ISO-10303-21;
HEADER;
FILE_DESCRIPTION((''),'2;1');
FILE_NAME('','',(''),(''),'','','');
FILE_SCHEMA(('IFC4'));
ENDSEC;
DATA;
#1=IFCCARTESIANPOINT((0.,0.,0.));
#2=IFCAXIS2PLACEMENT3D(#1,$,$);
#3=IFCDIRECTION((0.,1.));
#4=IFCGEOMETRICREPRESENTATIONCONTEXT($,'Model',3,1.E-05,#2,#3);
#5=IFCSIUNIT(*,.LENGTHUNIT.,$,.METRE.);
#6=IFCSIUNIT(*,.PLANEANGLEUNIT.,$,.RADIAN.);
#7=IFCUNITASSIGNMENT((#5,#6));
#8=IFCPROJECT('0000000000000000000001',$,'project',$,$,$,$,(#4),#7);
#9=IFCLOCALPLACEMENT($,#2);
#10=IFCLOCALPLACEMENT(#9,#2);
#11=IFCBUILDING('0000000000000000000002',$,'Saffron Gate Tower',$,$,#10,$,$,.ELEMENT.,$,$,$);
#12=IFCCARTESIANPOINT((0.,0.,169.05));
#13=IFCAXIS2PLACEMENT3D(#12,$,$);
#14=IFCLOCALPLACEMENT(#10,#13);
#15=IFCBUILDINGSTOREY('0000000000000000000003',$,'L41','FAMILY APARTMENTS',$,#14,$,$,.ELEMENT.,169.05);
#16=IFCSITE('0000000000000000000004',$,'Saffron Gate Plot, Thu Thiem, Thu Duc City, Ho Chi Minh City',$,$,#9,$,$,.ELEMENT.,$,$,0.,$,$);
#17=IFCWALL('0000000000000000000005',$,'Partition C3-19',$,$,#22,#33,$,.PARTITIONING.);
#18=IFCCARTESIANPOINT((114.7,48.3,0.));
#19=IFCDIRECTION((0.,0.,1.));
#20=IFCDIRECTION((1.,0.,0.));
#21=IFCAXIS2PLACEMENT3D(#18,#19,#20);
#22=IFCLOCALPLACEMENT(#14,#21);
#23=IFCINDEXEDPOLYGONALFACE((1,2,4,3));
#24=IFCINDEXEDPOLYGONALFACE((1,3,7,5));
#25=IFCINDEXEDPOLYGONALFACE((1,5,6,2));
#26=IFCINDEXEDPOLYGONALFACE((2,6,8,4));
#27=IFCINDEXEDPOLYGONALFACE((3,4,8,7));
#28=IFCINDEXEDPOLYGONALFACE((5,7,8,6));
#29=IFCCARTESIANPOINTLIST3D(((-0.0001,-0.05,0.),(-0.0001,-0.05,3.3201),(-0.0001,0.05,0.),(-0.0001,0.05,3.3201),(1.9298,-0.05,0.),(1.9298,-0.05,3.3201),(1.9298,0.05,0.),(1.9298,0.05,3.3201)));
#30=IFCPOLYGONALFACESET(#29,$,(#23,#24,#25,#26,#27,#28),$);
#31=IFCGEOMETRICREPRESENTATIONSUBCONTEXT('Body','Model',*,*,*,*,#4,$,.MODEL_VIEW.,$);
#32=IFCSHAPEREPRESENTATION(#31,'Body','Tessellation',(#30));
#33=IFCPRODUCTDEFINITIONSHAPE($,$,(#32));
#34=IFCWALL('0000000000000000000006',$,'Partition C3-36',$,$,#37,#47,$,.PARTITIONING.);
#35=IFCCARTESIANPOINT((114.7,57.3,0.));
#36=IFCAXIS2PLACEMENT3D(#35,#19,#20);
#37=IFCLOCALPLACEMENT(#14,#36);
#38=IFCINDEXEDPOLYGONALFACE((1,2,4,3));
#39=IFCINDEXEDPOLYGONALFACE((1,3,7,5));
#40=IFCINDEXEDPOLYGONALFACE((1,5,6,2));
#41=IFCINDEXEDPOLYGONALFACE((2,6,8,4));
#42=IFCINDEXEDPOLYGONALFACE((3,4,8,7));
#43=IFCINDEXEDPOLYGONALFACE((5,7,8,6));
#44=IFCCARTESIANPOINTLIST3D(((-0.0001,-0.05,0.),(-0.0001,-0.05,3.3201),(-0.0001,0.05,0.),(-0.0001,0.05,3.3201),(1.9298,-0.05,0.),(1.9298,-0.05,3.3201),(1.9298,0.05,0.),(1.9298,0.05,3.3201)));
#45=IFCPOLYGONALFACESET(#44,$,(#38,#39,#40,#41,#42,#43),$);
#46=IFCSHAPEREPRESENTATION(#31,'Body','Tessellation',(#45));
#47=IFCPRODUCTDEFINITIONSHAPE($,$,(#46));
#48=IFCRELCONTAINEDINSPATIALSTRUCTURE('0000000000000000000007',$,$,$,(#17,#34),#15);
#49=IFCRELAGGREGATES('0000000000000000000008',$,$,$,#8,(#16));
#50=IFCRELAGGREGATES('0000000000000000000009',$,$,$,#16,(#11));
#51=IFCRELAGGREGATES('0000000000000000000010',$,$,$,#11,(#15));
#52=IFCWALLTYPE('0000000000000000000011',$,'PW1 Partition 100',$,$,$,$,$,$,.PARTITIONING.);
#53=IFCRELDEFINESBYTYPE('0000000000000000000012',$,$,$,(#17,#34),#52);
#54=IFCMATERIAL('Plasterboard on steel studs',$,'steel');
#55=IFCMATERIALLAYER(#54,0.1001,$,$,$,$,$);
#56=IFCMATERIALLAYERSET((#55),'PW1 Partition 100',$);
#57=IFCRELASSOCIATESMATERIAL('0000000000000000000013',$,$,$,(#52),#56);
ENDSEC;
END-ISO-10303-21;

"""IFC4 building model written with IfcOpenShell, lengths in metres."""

from ifc_helpers import new_model, si_unit, direction, frame, frame_2d, origin, place, context, subcontext, project, spatial, rectangle, extrude, material, layer, layer_set, type_object, element, save


model = new_model("IFC4")

# Units and contexts
model_context = context("Model", 3, precision=1e-05, world=origin(), true_north=direction((0.0, 1.0)))
body_context = subcontext(model_context, "Body", "Model", "MODEL_VIEW")
ifc_project = project(units=[si_unit("LENGTHUNIT", "METRE"), si_unit("PLANEANGLEUNIT", "RADIAN")], contexts=[model_context])

# Site, building, storey
site_placement = place(None, origin())
site = spatial("IfcSite", under=ifc_project, at=site_placement, Name="Saffron Gate Plot, Thu Thiem, Thu Duc City, Ho Chi Minh City", CompositionType="ELEMENT", RefElevation=0.0)
building_placement = place(site_placement, origin())
building = spatial("IfcBuilding", under=site, at=building_placement, Name="Saffron Gate Tower", CompositionType="ELEMENT")
storey_placement = place(building_placement, frame((0.0, 0.0, 169.05)))
storey = spatial("IfcBuildingStorey", under=building, at=storey_placement, Name="L41", Description="FAMILY APARTMENTS", CompositionType="ELEMENT", Elevation=169.05)

# Walls
ifc_material_1 = material(Name="Plasterboard on steel studs", Category="steel")
ifc_layer_1 = layer(ifc_material_1, 0.1001)
ifc_layer_set_1 = layer_set([ifc_layer_1], Name="PW1 Partition 100")
wall_type_1 = type_object("IfcWallType", Name="PW1 Partition 100", PredefinedType="PARTITIONING", material=ifc_layer_set_1)
wall_1_placement = place(storey_placement, frame((114.7, 48.3, 0.0), z_axis=(0.0, 0.0, 1.0), x_axis=(1.0, 0.0, 0.0)))
element("IfcWall", 1, at=wall_1_placement, inside=storey, type_object=wall_type_1, Name="Partition C3-19", PredefinedType="PARTITIONING", context=body_context, shape_type="SweptSolid", body=[
    extrude(rectangle(XDim=1.9299, YDim=0.1001, at=frame_2d((0.9648, 0.0))), origin(), (0.0, 0.0, 1.0), 3.3201),
])
wall_2_placement = place(storey_placement, frame((114.7, 57.3, 0.0), z_axis=(0.0, 0.0, 1.0), x_axis=(1.0, 0.0, 0.0)))
element("IfcWall", 2, at=wall_2_placement, inside=storey, type_object=wall_type_1, Name="Partition C3-36", PredefinedType="PARTITIONING", context=body_context, shape_type="SweptSolid", body=[
    extrude(rectangle(XDim=1.9299, YDim=0.1001, at=frame_2d((0.9648, 0.0))), origin(), (0.0, 0.0, 1.0), 3.3201),
])

save(model, "model.ifc")
